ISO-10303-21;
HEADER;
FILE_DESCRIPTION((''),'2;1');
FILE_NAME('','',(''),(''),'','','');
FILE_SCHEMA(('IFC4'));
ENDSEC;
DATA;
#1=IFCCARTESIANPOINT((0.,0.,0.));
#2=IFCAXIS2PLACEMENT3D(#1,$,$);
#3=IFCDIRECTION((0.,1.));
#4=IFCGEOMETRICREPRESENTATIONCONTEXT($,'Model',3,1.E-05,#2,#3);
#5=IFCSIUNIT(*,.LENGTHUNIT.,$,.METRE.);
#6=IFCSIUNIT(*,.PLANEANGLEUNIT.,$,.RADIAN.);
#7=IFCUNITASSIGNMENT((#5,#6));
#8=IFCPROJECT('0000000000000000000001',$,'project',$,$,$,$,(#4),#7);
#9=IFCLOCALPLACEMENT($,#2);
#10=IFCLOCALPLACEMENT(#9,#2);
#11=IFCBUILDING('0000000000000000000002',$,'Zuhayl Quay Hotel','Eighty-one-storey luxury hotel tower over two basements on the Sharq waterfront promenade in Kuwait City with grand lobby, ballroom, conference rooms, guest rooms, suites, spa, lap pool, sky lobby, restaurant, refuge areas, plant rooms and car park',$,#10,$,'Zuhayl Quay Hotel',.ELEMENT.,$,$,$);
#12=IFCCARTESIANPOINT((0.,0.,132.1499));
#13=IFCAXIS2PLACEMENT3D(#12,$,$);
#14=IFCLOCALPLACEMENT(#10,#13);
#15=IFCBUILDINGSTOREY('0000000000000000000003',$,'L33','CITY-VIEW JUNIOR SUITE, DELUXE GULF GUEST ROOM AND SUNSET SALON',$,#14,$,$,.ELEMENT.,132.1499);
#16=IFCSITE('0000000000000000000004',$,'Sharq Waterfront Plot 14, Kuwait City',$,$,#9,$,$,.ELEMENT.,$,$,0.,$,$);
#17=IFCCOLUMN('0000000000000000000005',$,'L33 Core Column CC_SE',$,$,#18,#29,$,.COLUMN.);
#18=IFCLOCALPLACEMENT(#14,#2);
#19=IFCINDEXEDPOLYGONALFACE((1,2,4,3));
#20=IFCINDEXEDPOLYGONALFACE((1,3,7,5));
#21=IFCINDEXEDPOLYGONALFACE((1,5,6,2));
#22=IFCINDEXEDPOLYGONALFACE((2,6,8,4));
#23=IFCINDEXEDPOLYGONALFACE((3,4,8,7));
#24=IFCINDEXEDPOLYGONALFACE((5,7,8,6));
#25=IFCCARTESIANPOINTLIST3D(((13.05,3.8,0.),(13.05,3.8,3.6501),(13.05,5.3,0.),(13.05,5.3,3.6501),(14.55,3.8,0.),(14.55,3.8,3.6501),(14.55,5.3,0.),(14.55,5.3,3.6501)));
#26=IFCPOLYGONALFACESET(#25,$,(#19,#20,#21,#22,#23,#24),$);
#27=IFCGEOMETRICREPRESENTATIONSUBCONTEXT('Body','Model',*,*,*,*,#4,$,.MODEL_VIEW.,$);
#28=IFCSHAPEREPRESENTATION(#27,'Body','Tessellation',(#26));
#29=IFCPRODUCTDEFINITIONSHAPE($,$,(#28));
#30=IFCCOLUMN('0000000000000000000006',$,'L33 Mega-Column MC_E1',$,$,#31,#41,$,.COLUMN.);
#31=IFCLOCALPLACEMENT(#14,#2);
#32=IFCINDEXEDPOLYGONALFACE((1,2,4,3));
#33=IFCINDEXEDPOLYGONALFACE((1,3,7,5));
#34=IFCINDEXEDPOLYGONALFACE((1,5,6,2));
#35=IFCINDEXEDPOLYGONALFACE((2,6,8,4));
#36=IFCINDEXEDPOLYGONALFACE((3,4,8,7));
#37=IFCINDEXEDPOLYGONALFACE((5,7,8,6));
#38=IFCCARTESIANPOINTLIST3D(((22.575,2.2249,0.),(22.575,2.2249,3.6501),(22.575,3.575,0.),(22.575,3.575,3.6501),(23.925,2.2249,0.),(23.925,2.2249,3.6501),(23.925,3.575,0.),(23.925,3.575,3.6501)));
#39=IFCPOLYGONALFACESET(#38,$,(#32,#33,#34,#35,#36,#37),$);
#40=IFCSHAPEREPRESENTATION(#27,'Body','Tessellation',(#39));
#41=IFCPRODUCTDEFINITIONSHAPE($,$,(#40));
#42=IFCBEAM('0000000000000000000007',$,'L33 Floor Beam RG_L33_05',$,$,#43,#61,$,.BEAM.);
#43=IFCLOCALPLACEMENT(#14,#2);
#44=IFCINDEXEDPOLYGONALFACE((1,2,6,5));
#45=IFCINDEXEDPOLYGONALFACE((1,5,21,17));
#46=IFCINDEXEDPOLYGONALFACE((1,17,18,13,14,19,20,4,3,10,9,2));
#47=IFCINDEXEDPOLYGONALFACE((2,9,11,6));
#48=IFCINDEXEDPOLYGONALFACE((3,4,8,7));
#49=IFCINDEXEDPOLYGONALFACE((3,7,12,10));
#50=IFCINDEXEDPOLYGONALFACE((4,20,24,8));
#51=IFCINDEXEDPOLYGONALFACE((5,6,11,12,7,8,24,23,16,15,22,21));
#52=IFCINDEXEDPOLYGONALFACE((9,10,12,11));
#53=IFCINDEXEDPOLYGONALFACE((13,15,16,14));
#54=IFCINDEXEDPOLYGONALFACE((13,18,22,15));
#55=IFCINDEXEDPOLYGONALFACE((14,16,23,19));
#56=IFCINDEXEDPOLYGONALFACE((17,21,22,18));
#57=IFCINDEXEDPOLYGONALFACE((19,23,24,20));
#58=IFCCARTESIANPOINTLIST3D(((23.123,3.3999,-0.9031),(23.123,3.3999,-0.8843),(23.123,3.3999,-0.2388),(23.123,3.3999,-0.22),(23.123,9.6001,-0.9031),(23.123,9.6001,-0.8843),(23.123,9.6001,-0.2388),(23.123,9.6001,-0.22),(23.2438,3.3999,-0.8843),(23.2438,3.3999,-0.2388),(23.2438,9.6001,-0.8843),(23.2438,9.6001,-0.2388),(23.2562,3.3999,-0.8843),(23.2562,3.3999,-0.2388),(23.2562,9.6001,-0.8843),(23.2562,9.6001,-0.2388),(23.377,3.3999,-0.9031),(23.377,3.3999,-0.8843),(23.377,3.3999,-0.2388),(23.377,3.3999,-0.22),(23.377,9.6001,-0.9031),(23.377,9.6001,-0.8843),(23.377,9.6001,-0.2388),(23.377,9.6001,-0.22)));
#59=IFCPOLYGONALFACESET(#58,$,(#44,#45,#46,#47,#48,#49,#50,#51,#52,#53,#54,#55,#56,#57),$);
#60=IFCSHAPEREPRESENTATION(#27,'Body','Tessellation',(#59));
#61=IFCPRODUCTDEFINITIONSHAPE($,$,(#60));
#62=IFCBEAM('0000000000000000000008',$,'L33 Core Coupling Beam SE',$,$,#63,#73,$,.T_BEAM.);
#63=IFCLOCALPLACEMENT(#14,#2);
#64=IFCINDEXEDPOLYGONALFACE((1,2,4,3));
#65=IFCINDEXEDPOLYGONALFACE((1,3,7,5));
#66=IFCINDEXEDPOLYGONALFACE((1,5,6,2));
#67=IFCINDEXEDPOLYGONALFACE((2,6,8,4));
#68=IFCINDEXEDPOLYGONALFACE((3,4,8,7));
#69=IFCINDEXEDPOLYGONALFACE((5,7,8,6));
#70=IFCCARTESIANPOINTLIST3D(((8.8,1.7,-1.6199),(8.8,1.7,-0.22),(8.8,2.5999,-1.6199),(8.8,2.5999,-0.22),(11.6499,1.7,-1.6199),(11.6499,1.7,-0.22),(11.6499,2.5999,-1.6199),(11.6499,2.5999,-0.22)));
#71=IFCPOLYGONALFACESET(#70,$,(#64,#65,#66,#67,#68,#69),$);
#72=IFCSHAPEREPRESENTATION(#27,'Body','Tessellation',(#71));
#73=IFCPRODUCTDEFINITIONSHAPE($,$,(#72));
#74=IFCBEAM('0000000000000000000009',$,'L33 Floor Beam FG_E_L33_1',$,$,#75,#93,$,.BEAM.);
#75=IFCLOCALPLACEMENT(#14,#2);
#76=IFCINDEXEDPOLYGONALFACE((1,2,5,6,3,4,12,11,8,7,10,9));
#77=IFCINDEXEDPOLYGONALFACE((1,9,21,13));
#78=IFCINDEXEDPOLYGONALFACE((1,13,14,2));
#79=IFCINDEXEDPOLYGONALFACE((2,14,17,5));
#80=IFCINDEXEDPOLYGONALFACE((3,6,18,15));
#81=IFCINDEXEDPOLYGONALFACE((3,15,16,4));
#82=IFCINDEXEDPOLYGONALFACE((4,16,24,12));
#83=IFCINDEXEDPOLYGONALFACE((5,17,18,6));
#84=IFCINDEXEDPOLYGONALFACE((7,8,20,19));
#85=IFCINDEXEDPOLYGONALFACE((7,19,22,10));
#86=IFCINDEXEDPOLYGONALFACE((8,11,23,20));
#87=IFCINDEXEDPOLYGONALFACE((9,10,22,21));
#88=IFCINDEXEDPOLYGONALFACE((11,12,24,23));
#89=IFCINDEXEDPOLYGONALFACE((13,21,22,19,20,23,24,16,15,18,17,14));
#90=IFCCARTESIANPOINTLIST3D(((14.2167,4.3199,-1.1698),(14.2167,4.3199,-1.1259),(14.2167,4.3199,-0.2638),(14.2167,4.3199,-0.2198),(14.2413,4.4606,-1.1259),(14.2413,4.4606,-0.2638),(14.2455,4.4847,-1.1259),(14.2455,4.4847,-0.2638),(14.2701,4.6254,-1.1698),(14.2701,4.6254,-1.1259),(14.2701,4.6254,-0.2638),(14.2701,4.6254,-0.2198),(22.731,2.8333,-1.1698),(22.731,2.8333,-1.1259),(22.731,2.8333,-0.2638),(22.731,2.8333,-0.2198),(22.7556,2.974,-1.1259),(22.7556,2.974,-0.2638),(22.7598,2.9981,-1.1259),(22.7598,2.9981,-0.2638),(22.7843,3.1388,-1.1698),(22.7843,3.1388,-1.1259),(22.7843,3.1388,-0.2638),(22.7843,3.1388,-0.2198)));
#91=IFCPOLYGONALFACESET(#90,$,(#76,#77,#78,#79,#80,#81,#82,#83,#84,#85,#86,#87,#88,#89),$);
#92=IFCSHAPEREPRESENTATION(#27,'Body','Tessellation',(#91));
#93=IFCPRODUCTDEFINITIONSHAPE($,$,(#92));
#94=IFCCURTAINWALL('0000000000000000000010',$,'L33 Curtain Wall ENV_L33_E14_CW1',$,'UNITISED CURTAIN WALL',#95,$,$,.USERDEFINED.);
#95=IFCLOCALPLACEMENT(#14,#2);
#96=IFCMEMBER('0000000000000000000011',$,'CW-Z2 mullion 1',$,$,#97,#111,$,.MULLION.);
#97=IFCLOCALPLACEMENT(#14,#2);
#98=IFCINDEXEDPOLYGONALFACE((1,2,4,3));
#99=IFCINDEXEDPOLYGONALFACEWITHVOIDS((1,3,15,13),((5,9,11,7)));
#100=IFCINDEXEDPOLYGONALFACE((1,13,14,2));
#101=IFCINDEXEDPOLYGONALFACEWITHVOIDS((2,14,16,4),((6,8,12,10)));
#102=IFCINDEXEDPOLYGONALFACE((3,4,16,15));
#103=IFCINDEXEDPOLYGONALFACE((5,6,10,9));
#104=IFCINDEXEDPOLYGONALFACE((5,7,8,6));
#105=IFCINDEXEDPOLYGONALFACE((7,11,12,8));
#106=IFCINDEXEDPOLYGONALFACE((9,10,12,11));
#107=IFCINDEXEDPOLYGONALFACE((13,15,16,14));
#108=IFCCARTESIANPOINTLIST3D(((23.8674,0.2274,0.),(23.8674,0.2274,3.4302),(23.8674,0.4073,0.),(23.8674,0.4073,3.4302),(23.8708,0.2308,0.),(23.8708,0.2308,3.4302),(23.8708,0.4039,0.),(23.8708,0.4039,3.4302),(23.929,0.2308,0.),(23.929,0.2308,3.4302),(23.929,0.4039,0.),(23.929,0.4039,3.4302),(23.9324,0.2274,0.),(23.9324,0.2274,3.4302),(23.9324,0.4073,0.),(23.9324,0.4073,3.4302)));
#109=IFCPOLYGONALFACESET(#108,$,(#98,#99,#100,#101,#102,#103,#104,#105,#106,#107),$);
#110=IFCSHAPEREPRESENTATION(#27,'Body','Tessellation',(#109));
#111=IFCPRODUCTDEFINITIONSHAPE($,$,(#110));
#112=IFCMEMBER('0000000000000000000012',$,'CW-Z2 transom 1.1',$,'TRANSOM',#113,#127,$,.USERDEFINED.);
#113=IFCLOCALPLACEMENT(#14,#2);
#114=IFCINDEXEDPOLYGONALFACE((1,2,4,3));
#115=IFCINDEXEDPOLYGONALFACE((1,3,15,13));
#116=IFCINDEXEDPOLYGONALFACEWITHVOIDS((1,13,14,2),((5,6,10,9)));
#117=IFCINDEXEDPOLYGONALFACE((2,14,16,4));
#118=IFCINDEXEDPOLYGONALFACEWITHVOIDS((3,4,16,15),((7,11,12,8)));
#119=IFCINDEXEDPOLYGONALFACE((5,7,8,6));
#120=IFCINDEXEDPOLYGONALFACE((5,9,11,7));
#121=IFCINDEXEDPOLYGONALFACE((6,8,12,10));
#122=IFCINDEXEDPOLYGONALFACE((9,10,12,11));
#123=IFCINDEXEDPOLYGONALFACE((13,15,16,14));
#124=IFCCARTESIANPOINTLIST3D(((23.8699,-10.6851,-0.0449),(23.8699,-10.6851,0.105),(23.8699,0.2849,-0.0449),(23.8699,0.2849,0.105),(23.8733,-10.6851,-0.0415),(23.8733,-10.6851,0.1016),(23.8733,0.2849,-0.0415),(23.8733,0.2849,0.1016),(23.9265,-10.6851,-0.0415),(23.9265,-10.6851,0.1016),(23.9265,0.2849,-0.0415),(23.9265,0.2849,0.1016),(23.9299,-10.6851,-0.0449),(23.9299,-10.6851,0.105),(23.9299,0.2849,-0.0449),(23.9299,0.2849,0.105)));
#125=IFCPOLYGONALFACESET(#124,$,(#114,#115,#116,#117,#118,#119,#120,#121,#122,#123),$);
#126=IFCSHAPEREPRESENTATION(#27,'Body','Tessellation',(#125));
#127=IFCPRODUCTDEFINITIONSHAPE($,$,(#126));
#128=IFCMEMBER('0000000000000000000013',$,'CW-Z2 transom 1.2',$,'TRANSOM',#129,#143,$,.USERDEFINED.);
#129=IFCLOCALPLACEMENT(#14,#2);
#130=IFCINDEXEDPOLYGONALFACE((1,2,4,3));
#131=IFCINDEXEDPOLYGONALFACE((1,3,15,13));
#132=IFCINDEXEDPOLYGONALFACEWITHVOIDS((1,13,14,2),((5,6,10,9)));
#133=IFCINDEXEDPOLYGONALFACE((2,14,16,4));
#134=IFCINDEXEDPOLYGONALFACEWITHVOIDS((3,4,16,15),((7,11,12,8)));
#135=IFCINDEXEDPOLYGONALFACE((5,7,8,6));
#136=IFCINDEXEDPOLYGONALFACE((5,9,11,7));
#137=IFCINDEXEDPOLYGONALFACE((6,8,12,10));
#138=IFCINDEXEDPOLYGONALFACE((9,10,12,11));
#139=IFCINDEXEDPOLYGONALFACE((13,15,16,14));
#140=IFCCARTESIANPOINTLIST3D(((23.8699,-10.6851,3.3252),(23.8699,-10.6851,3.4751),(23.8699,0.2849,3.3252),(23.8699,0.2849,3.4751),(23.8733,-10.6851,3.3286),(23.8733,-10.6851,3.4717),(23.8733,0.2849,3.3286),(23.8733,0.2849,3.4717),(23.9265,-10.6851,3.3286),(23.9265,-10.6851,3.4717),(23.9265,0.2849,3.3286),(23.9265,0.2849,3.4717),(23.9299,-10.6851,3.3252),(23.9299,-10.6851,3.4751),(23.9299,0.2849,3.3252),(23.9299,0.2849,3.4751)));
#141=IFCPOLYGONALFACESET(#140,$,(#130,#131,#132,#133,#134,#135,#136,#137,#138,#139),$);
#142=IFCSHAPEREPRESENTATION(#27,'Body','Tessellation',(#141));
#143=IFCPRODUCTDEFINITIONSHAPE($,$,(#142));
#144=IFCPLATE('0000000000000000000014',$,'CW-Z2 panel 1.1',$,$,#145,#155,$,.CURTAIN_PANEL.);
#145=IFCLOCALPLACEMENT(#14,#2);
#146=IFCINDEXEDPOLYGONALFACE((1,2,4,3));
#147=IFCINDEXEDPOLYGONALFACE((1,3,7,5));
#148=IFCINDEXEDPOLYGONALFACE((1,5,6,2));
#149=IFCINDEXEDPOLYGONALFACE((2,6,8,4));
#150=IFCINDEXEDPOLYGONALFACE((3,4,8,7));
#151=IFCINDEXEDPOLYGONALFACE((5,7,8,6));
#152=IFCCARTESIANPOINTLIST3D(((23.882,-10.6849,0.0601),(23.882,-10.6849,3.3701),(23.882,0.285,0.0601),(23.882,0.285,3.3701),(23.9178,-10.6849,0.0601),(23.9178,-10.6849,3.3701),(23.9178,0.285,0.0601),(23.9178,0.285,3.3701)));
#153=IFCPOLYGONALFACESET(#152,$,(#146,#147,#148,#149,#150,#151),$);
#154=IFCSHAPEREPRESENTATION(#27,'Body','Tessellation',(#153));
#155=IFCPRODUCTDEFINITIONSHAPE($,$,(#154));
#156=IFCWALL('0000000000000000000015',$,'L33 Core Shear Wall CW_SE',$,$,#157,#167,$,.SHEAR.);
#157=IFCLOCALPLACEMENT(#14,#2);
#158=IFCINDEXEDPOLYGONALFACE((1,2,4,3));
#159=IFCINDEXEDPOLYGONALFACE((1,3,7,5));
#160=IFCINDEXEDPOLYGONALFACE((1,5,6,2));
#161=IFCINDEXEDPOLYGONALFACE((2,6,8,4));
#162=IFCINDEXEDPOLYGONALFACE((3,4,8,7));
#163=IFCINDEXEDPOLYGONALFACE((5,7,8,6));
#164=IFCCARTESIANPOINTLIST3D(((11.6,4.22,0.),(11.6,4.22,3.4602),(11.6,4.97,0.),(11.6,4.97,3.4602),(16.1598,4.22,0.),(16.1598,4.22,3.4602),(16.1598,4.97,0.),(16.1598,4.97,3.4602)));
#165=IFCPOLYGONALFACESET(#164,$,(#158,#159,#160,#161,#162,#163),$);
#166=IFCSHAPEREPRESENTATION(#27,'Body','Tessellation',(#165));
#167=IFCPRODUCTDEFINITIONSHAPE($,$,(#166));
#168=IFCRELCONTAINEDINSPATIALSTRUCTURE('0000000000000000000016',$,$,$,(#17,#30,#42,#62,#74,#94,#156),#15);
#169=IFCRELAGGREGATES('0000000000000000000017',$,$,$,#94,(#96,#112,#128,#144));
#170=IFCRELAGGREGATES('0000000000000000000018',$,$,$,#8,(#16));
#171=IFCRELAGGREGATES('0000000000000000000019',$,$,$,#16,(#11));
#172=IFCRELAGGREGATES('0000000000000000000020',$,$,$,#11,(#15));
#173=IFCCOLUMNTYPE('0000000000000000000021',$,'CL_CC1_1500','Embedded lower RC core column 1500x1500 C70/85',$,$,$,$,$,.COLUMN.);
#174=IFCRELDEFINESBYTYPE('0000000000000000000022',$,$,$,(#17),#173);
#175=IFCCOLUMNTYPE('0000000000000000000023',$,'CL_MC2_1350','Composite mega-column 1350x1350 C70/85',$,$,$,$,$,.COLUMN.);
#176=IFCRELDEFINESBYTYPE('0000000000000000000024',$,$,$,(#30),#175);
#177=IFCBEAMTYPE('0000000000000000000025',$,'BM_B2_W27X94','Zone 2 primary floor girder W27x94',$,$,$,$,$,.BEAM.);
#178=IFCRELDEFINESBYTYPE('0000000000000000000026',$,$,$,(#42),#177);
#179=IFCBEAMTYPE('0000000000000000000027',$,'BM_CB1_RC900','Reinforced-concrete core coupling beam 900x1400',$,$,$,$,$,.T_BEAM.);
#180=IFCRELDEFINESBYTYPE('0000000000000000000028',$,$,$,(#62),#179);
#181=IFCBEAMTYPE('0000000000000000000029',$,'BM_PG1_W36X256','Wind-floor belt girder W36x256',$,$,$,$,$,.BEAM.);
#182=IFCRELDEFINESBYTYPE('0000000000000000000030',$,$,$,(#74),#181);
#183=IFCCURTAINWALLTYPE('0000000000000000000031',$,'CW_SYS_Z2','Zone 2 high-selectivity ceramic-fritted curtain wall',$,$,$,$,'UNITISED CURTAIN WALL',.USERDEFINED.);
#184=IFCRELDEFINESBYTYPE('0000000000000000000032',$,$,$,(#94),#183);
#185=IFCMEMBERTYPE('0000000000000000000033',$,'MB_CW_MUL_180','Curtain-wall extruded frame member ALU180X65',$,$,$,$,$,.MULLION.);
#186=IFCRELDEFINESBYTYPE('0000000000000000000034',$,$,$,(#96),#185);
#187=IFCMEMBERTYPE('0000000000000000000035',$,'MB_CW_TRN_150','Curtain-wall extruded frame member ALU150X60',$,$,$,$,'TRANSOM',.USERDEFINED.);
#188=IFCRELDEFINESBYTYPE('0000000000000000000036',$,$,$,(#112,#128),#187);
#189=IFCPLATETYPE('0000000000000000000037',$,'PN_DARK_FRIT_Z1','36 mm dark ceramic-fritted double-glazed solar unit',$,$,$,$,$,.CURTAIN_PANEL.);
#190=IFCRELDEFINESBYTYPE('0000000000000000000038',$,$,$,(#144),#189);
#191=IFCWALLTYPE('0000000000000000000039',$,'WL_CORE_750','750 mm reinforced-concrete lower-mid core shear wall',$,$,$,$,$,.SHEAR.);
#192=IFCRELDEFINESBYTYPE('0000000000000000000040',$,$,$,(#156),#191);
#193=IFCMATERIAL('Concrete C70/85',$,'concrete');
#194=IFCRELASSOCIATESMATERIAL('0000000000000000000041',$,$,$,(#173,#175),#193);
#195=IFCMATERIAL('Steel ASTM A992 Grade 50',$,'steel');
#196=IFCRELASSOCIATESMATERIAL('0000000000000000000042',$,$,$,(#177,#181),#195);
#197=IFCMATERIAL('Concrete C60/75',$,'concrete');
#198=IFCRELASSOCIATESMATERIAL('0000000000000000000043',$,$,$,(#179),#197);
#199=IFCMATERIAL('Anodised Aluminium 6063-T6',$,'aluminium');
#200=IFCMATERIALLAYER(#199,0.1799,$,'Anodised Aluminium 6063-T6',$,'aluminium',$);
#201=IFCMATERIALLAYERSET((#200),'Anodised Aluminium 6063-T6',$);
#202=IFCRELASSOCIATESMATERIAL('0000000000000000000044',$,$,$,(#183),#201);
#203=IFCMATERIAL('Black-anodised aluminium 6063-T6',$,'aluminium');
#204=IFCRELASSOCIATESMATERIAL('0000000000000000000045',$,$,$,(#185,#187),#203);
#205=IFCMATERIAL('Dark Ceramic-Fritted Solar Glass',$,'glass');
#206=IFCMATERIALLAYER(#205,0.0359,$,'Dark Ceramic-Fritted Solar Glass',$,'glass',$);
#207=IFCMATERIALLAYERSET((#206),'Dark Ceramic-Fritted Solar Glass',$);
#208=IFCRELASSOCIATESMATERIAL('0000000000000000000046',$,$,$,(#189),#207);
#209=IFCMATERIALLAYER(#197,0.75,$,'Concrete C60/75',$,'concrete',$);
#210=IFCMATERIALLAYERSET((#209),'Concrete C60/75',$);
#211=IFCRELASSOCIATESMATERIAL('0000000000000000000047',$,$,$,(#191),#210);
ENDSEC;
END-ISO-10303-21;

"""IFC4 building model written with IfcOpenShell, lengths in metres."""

from ifc_helpers import new_model, si_unit, direction, frame, frame_2d, origin, origin_2d, place, context, subcontext, project, spatial, rectangle, hollow_rectangle, i_section, extrude, material, layer, layer_set, material_profile, profile_set, type_object, element, aggregate, save


model = new_model("IFC4")

# Units and contexts
model_context = context("Model", 3, precision=1e-05, world=origin(), true_north=direction((0.0, 1.0)))
body_context = subcontext(model_context, "Body", "Model", "MODEL_VIEW")
ifc_project = project(units=[si_unit("LENGTHUNIT", "METRE"), si_unit("PLANEANGLEUNIT", "RADIAN")], contexts=[model_context])

# Site, building, storey
site_placement = place(None, origin())
site = spatial("IfcSite", under=ifc_project, at=site_placement, Name="Sharq Waterfront Plot 14, Kuwait City", CompositionType="ELEMENT", RefElevation=0.0)
building_placement = place(site_placement, origin())
building = spatial("IfcBuilding", under=site, at=building_placement, Name="Zuhayl Quay Hotel", Description="Eighty-one-storey luxury hotel tower over two basements on the Sharq waterfront promenade in Kuwait City with grand lobby, ballroom, conference rooms, guest rooms, suites, spa, lap pool, sky lobby, restaurant, refuge areas, plant rooms and car park", LongName="Zuhayl Quay Hotel", CompositionType="ELEMENT")
storey_placement = place(building_placement, frame((0.0, 0.0, 132.1499)))
storey = spatial("IfcBuildingStorey", under=building, at=storey_placement, Name="L33", Description="CITY-VIEW JUNIOR SUITE, DELUXE GULF GUEST ROOM AND SUNSET SALON", CompositionType="ELEMENT", Elevation=132.1499)

# Columns
ifc_material_1 = material(Name="Concrete C70/85", Category="concrete")
ifc_material_profile_1 = material_profile(ifc_material_1, rectangle(XDim=1.5, YDim=1.5, at=origin_2d()), Name="RC1500X1500")
ifc_profile_set_1 = profile_set([ifc_material_profile_1], Name="Concrete C70/85")
column_type_1 = type_object("IfcColumnType", Name="CL_CC1_1500", Description="Embedded lower RC core column 1500x1500 C70/85", PredefinedType="COLUMN", material=ifc_profile_set_1)
column_1_placement = place(storey_placement, frame((13.8, 4.55, 0.0), z_axis=(0.0, 0.0, 1.0), x_axis=(1.0, 0.0, 0.0)))
element("IfcColumn", 1, at=column_1_placement, inside=storey, type_object=column_type_1, Name="L33 Core Column CC_SE", PredefinedType="COLUMN", context=body_context, shape_type="SweptSolid", body=[
    extrude(rectangle(XDim=1.5, YDim=1.5, at=origin_2d()), origin(), (0.0, 0.0, 1.0), 3.6501),
])
ifc_material_profile_2 = material_profile(ifc_material_1, rectangle(XDim=1.3501, YDim=1.3501, at=origin_2d()), Name="RC1350X1350")
ifc_profile_set_2 = profile_set([ifc_material_profile_2], Name="Concrete C70/85")
column_type_2 = type_object("IfcColumnType", Name="CL_MC2_1350", Description="Composite mega-column 1350x1350 C70/85", PredefinedType="COLUMN", material=ifc_profile_set_2)
column_2_placement = place(storey_placement, frame((23.25, 2.8999, 0.0), z_axis=(0.0, 0.0, 1.0), x_axis=(1.0, 0.0, 0.0)))
element("IfcColumn", 2, at=column_2_placement, inside=storey, type_object=column_type_2, Name="L33 Mega-Column MC_E1", PredefinedType="COLUMN", context=body_context, shape_type="SweptSolid", body=[
    extrude(rectangle(XDim=1.3501, YDim=1.3501, at=origin_2d()), origin(), (0.0, 0.0, 1.0), 3.6501),
])

# Beams
ifc_material_2 = material(Name="Steel ASTM A992 Grade 50", Category="steel")
ifc_material_profile_3 = material_profile(ifc_material_2, i_section(OverallWidth=0.2539, OverallDepth=0.6831, WebThickness=0.0125, FlangeThickness=0.0188, at=origin_2d()), Name="W27X94")
ifc_profile_set_3 = profile_set([ifc_material_profile_3], Name="Steel ASTM A992 Grade 50")
beam_type_1 = type_object("IfcBeamType", Name="BM_B2_W27X94", Description="Zone 2 primary floor girder W27x94", PredefinedType="BEAM", material=ifc_profile_set_3)
beam_1_placement = place(storey_placement, frame((23.25, 3.3999, -0.5615), z_axis=(0.0, 1.0, 0.0), x_axis=(-1.0, 0.0, 0.0)))
element("IfcBeam", 3, at=beam_1_placement, inside=storey, type_object=beam_type_1, Name="L33 Floor Beam RG_L33_05", PredefinedType="BEAM", context=body_context, shape_type="SweptSolid", body=[
    extrude(i_section(OverallWidth=0.2539, OverallDepth=0.6831, WebThickness=0.0125, FlangeThickness=0.0188, at=origin_2d()), origin(), (0.0, 0.0, 1.0), 6.2002),
])
ifc_material_3 = material(Name="Concrete C60/75", Category="concrete")
ifc_material_profile_4 = material_profile(ifc_material_3, rectangle(XDim=0.8999, YDim=1.3999, at=origin_2d()), Name="RC900X1400")
ifc_profile_set_4 = profile_set([ifc_material_profile_4], Name="Concrete C60/75")
beam_type_2 = type_object("IfcBeamType", Name="BM_CB1_RC900", Description="Reinforced-concrete core coupling beam 900x1400", PredefinedType="T_BEAM", material=ifc_profile_set_4)
beam_2_placement = place(storey_placement, frame((8.8, 2.1499, -0.9199), z_axis=(1.0, 0.0, 0.0), x_axis=(0.0, 1.0, 0.0)))
element("IfcBeam", 4, at=beam_2_placement, inside=storey, type_object=beam_type_2, Name="L33 Core Coupling Beam SE", PredefinedType="T_BEAM", context=body_context, shape_type="SweptSolid", body=[
    extrude(rectangle(XDim=0.8999, YDim=1.3999, at=origin_2d()), origin(), (0.0, 0.0, 1.0), 2.8499),
])
ifc_material_profile_5 = material_profile(ifc_material_2, i_section(OverallWidth=0.3101, OverallDepth=0.95, WebThickness=0.0244, FlangeThickness=0.0439, at=origin_2d()), Name="W36X256")
ifc_profile_set_5 = profile_set([ifc_material_profile_5], Name="Steel ASTM A992 Grade 50")
beam_type_3 = type_object("IfcBeamType", Name="BM_PG1_W36X256", Description="Wind-floor belt girder W36x256", PredefinedType="BEAM", material=ifc_profile_set_5)
beam_3_placement = place(storey_placement, frame((14.2434, 4.4727, -0.6948), z_axis=(0.985097, -0.171998, 0.0), x_axis=(0.171998, 0.985097, 0.0)))
element("IfcBeam", 5, at=beam_3_placement, inside=storey, type_object=beam_type_3, Name="L33 Floor Beam FG_E_L33_1", PredefinedType="BEAM", context=body_context, shape_type="SweptSolid", body=[
    extrude(i_section(OverallWidth=0.3101, OverallDepth=0.95, WebThickness=0.0244, FlangeThickness=0.0439, at=origin_2d()), origin(), (0.0, 0.0, 1.0), 8.6431),
])

# Curtain wall, members, plate
ifc_material_4 = material(Name="Anodised Aluminium 6063-T6", Category="aluminium")
ifc_layer_1 = layer(ifc_material_4, 0.1799, Name="Anodised Aluminium 6063-T6", Category="aluminium")
ifc_layer_set_1 = layer_set([ifc_layer_1], Name="Anodised Aluminium 6063-T6")
curtain_wall_type = type_object("IfcCurtainWallType", Name="CW_SYS_Z2", Description="Zone 2 high-selectivity ceramic-fritted curtain wall", ElementType="UNITISED CURTAIN WALL", PredefinedType="USERDEFINED", material=ifc_layer_set_1)
curtain_wall_placement = place(storey_placement, origin())
curtain_wall = element("IfcCurtainWall", 6, at=curtain_wall_placement, inside=storey, type_object=curtain_wall_type, Name="L33 Curtain Wall ENV_L33_E14_CW1", ObjectType="UNITISED CURTAIN WALL", PredefinedType="USERDEFINED")
ifc_material_5 = material(Name="Black-anodised aluminium 6063-T6", Category="aluminium")
ifc_material_profile_6 = material_profile(ifc_material_5, hollow_rectangle(XDim=0.0649, YDim=0.1799, WallThickness=0.0034, at=origin_2d()), Name="ALU180X65")
ifc_profile_set_6 = profile_set([ifc_material_profile_6], Name="Black-anodised aluminium 6063-T6")
member_type_1 = type_object("IfcMemberType", Name="MB_CW_MUL_180", Description="Curtain-wall extruded frame member ALU180X65", PredefinedType="MULLION", material=ifc_profile_set_6)
member_1_placement = place(storey_placement, frame((23.8999, 0.3174, 0.0), z_axis=(0.0, 0.0, 1.0), x_axis=(1.0, 0.0, 0.0)))
member_1 = element("IfcMember", 7, at=member_1_placement, type_object=member_type_1, Name="CW-Z2 mullion 1", PredefinedType="MULLION", context=body_context, shape_type="SweptSolid", body=[
    extrude(hollow_rectangle(XDim=0.0649, YDim=0.1799, WallThickness=0.0034, at=origin_2d()), origin(), (0.0, 0.0, 1.0), 3.4302),
])
ifc_material_profile_7 = material_profile(ifc_material_5, hollow_rectangle(XDim=0.0601, YDim=0.1499, WallThickness=0.0034, at=origin_2d()), Name="ALU150X60")
ifc_profile_set_7 = profile_set([ifc_material_profile_7], Name="Black-anodised aluminium 6063-T6")
member_type_2 = type_object("IfcMemberType", Name="MB_CW_TRN_150", Description="Curtain-wall extruded frame member ALU150X60", ElementType="TRANSOM", PredefinedType="USERDEFINED", material=ifc_profile_set_7)
member_2_placement = place(storey_placement, frame((23.8999, 0.2849, 0.03), z_axis=(0.0, -1.0, 0.0), x_axis=(1.0, 0.0, 0.0)))
member_2 = element("IfcMember", 8, at=member_2_placement, type_object=member_type_2, Name="CW-Z2 transom 1.1", ObjectType="TRANSOM", PredefinedType="USERDEFINED", context=body_context, shape_type="SweptSolid", body=[
    extrude(hollow_rectangle(XDim=0.0601, YDim=0.1499, WallThickness=0.0034, at=origin_2d()), origin(), (0.0, 0.0, 1.0), 10.97),
])
member_3_placement = place(storey_placement, frame((23.8999, 0.2849, 3.4001), z_axis=(0.0, -1.0, 0.0), x_axis=(1.0, 0.0, 0.0)))
member_3 = element("IfcMember", 9, at=member_3_placement, type_object=member_type_2, Name="CW-Z2 transom 1.2", ObjectType="TRANSOM", PredefinedType="USERDEFINED", context=body_context, shape_type="SweptSolid", body=[
    extrude(hollow_rectangle(XDim=0.0601, YDim=0.1499, WallThickness=0.0034, at=origin_2d()), origin(), (0.0, 0.0, 1.0), 10.97),
])
ifc_material_6 = material(Name="Dark Ceramic-Fritted Solar Glass", Category="glass")
ifc_layer_2 = layer(ifc_material_6, 0.0359, Name="Dark Ceramic-Fritted Solar Glass", Category="glass")
ifc_layer_set_2 = layer_set([ifc_layer_2], Name="Dark Ceramic-Fritted Solar Glass")
plate_type = type_object("IfcPlateType", Name="PN_DARK_FRIT_Z1", Description="36 mm dark ceramic-fritted double-glazed solar unit", PredefinedType="CURTAIN_PANEL", material=ifc_layer_set_2)
plate_placement = place(storey_placement, frame((23.8999, -5.2, 0.0601), z_axis=(0.0, 0.0, 1.0), x_axis=(0.0, -1.0, 0.0)))
plate = element("IfcPlate", 10, at=plate_placement, type_object=plate_type, Name="CW-Z2 panel 1.1", PredefinedType="CURTAIN_PANEL", context=body_context, shape_type="SweptSolid", body=[
    extrude(rectangle(XDim=10.97, YDim=0.0359, at=origin_2d()), origin(), (0.0, 0.0, 1.0), 3.3101),
])
aggregate(curtain_wall, [member_1, member_2, member_3, plate])

# Wall
ifc_layer_3 = layer(ifc_material_3, 0.75, Name="Concrete C60/75", Category="concrete")
ifc_layer_set_3 = layer_set([ifc_layer_3], Name="Concrete C60/75")
wall_type_1 = type_object("IfcWallType", Name="WL_CORE_750", Description="750 mm reinforced-concrete lower-mid core shear wall", PredefinedType="SHEAR", material=ifc_layer_set_3)
wall_1_placement = place(storey_placement, frame((11.6001, 4.595, 0.0), z_axis=(0.0, 0.0, 1.0), x_axis=(1.0, 0.0, 0.0)))
element("IfcWall", 11, at=wall_1_placement, inside=storey, type_object=wall_type_1, Name="L33 Core Shear Wall CW_SE", PredefinedType="SHEAR", context=body_context, shape_type="SweptSolid", body=[
    extrude(rectangle(XDim=4.5598, YDim=0.75, at=frame_2d((2.2798, 0.0))), origin(), (0.0, 0.0, 1.0), 3.4602),
])

save(model, "model.ifc")
